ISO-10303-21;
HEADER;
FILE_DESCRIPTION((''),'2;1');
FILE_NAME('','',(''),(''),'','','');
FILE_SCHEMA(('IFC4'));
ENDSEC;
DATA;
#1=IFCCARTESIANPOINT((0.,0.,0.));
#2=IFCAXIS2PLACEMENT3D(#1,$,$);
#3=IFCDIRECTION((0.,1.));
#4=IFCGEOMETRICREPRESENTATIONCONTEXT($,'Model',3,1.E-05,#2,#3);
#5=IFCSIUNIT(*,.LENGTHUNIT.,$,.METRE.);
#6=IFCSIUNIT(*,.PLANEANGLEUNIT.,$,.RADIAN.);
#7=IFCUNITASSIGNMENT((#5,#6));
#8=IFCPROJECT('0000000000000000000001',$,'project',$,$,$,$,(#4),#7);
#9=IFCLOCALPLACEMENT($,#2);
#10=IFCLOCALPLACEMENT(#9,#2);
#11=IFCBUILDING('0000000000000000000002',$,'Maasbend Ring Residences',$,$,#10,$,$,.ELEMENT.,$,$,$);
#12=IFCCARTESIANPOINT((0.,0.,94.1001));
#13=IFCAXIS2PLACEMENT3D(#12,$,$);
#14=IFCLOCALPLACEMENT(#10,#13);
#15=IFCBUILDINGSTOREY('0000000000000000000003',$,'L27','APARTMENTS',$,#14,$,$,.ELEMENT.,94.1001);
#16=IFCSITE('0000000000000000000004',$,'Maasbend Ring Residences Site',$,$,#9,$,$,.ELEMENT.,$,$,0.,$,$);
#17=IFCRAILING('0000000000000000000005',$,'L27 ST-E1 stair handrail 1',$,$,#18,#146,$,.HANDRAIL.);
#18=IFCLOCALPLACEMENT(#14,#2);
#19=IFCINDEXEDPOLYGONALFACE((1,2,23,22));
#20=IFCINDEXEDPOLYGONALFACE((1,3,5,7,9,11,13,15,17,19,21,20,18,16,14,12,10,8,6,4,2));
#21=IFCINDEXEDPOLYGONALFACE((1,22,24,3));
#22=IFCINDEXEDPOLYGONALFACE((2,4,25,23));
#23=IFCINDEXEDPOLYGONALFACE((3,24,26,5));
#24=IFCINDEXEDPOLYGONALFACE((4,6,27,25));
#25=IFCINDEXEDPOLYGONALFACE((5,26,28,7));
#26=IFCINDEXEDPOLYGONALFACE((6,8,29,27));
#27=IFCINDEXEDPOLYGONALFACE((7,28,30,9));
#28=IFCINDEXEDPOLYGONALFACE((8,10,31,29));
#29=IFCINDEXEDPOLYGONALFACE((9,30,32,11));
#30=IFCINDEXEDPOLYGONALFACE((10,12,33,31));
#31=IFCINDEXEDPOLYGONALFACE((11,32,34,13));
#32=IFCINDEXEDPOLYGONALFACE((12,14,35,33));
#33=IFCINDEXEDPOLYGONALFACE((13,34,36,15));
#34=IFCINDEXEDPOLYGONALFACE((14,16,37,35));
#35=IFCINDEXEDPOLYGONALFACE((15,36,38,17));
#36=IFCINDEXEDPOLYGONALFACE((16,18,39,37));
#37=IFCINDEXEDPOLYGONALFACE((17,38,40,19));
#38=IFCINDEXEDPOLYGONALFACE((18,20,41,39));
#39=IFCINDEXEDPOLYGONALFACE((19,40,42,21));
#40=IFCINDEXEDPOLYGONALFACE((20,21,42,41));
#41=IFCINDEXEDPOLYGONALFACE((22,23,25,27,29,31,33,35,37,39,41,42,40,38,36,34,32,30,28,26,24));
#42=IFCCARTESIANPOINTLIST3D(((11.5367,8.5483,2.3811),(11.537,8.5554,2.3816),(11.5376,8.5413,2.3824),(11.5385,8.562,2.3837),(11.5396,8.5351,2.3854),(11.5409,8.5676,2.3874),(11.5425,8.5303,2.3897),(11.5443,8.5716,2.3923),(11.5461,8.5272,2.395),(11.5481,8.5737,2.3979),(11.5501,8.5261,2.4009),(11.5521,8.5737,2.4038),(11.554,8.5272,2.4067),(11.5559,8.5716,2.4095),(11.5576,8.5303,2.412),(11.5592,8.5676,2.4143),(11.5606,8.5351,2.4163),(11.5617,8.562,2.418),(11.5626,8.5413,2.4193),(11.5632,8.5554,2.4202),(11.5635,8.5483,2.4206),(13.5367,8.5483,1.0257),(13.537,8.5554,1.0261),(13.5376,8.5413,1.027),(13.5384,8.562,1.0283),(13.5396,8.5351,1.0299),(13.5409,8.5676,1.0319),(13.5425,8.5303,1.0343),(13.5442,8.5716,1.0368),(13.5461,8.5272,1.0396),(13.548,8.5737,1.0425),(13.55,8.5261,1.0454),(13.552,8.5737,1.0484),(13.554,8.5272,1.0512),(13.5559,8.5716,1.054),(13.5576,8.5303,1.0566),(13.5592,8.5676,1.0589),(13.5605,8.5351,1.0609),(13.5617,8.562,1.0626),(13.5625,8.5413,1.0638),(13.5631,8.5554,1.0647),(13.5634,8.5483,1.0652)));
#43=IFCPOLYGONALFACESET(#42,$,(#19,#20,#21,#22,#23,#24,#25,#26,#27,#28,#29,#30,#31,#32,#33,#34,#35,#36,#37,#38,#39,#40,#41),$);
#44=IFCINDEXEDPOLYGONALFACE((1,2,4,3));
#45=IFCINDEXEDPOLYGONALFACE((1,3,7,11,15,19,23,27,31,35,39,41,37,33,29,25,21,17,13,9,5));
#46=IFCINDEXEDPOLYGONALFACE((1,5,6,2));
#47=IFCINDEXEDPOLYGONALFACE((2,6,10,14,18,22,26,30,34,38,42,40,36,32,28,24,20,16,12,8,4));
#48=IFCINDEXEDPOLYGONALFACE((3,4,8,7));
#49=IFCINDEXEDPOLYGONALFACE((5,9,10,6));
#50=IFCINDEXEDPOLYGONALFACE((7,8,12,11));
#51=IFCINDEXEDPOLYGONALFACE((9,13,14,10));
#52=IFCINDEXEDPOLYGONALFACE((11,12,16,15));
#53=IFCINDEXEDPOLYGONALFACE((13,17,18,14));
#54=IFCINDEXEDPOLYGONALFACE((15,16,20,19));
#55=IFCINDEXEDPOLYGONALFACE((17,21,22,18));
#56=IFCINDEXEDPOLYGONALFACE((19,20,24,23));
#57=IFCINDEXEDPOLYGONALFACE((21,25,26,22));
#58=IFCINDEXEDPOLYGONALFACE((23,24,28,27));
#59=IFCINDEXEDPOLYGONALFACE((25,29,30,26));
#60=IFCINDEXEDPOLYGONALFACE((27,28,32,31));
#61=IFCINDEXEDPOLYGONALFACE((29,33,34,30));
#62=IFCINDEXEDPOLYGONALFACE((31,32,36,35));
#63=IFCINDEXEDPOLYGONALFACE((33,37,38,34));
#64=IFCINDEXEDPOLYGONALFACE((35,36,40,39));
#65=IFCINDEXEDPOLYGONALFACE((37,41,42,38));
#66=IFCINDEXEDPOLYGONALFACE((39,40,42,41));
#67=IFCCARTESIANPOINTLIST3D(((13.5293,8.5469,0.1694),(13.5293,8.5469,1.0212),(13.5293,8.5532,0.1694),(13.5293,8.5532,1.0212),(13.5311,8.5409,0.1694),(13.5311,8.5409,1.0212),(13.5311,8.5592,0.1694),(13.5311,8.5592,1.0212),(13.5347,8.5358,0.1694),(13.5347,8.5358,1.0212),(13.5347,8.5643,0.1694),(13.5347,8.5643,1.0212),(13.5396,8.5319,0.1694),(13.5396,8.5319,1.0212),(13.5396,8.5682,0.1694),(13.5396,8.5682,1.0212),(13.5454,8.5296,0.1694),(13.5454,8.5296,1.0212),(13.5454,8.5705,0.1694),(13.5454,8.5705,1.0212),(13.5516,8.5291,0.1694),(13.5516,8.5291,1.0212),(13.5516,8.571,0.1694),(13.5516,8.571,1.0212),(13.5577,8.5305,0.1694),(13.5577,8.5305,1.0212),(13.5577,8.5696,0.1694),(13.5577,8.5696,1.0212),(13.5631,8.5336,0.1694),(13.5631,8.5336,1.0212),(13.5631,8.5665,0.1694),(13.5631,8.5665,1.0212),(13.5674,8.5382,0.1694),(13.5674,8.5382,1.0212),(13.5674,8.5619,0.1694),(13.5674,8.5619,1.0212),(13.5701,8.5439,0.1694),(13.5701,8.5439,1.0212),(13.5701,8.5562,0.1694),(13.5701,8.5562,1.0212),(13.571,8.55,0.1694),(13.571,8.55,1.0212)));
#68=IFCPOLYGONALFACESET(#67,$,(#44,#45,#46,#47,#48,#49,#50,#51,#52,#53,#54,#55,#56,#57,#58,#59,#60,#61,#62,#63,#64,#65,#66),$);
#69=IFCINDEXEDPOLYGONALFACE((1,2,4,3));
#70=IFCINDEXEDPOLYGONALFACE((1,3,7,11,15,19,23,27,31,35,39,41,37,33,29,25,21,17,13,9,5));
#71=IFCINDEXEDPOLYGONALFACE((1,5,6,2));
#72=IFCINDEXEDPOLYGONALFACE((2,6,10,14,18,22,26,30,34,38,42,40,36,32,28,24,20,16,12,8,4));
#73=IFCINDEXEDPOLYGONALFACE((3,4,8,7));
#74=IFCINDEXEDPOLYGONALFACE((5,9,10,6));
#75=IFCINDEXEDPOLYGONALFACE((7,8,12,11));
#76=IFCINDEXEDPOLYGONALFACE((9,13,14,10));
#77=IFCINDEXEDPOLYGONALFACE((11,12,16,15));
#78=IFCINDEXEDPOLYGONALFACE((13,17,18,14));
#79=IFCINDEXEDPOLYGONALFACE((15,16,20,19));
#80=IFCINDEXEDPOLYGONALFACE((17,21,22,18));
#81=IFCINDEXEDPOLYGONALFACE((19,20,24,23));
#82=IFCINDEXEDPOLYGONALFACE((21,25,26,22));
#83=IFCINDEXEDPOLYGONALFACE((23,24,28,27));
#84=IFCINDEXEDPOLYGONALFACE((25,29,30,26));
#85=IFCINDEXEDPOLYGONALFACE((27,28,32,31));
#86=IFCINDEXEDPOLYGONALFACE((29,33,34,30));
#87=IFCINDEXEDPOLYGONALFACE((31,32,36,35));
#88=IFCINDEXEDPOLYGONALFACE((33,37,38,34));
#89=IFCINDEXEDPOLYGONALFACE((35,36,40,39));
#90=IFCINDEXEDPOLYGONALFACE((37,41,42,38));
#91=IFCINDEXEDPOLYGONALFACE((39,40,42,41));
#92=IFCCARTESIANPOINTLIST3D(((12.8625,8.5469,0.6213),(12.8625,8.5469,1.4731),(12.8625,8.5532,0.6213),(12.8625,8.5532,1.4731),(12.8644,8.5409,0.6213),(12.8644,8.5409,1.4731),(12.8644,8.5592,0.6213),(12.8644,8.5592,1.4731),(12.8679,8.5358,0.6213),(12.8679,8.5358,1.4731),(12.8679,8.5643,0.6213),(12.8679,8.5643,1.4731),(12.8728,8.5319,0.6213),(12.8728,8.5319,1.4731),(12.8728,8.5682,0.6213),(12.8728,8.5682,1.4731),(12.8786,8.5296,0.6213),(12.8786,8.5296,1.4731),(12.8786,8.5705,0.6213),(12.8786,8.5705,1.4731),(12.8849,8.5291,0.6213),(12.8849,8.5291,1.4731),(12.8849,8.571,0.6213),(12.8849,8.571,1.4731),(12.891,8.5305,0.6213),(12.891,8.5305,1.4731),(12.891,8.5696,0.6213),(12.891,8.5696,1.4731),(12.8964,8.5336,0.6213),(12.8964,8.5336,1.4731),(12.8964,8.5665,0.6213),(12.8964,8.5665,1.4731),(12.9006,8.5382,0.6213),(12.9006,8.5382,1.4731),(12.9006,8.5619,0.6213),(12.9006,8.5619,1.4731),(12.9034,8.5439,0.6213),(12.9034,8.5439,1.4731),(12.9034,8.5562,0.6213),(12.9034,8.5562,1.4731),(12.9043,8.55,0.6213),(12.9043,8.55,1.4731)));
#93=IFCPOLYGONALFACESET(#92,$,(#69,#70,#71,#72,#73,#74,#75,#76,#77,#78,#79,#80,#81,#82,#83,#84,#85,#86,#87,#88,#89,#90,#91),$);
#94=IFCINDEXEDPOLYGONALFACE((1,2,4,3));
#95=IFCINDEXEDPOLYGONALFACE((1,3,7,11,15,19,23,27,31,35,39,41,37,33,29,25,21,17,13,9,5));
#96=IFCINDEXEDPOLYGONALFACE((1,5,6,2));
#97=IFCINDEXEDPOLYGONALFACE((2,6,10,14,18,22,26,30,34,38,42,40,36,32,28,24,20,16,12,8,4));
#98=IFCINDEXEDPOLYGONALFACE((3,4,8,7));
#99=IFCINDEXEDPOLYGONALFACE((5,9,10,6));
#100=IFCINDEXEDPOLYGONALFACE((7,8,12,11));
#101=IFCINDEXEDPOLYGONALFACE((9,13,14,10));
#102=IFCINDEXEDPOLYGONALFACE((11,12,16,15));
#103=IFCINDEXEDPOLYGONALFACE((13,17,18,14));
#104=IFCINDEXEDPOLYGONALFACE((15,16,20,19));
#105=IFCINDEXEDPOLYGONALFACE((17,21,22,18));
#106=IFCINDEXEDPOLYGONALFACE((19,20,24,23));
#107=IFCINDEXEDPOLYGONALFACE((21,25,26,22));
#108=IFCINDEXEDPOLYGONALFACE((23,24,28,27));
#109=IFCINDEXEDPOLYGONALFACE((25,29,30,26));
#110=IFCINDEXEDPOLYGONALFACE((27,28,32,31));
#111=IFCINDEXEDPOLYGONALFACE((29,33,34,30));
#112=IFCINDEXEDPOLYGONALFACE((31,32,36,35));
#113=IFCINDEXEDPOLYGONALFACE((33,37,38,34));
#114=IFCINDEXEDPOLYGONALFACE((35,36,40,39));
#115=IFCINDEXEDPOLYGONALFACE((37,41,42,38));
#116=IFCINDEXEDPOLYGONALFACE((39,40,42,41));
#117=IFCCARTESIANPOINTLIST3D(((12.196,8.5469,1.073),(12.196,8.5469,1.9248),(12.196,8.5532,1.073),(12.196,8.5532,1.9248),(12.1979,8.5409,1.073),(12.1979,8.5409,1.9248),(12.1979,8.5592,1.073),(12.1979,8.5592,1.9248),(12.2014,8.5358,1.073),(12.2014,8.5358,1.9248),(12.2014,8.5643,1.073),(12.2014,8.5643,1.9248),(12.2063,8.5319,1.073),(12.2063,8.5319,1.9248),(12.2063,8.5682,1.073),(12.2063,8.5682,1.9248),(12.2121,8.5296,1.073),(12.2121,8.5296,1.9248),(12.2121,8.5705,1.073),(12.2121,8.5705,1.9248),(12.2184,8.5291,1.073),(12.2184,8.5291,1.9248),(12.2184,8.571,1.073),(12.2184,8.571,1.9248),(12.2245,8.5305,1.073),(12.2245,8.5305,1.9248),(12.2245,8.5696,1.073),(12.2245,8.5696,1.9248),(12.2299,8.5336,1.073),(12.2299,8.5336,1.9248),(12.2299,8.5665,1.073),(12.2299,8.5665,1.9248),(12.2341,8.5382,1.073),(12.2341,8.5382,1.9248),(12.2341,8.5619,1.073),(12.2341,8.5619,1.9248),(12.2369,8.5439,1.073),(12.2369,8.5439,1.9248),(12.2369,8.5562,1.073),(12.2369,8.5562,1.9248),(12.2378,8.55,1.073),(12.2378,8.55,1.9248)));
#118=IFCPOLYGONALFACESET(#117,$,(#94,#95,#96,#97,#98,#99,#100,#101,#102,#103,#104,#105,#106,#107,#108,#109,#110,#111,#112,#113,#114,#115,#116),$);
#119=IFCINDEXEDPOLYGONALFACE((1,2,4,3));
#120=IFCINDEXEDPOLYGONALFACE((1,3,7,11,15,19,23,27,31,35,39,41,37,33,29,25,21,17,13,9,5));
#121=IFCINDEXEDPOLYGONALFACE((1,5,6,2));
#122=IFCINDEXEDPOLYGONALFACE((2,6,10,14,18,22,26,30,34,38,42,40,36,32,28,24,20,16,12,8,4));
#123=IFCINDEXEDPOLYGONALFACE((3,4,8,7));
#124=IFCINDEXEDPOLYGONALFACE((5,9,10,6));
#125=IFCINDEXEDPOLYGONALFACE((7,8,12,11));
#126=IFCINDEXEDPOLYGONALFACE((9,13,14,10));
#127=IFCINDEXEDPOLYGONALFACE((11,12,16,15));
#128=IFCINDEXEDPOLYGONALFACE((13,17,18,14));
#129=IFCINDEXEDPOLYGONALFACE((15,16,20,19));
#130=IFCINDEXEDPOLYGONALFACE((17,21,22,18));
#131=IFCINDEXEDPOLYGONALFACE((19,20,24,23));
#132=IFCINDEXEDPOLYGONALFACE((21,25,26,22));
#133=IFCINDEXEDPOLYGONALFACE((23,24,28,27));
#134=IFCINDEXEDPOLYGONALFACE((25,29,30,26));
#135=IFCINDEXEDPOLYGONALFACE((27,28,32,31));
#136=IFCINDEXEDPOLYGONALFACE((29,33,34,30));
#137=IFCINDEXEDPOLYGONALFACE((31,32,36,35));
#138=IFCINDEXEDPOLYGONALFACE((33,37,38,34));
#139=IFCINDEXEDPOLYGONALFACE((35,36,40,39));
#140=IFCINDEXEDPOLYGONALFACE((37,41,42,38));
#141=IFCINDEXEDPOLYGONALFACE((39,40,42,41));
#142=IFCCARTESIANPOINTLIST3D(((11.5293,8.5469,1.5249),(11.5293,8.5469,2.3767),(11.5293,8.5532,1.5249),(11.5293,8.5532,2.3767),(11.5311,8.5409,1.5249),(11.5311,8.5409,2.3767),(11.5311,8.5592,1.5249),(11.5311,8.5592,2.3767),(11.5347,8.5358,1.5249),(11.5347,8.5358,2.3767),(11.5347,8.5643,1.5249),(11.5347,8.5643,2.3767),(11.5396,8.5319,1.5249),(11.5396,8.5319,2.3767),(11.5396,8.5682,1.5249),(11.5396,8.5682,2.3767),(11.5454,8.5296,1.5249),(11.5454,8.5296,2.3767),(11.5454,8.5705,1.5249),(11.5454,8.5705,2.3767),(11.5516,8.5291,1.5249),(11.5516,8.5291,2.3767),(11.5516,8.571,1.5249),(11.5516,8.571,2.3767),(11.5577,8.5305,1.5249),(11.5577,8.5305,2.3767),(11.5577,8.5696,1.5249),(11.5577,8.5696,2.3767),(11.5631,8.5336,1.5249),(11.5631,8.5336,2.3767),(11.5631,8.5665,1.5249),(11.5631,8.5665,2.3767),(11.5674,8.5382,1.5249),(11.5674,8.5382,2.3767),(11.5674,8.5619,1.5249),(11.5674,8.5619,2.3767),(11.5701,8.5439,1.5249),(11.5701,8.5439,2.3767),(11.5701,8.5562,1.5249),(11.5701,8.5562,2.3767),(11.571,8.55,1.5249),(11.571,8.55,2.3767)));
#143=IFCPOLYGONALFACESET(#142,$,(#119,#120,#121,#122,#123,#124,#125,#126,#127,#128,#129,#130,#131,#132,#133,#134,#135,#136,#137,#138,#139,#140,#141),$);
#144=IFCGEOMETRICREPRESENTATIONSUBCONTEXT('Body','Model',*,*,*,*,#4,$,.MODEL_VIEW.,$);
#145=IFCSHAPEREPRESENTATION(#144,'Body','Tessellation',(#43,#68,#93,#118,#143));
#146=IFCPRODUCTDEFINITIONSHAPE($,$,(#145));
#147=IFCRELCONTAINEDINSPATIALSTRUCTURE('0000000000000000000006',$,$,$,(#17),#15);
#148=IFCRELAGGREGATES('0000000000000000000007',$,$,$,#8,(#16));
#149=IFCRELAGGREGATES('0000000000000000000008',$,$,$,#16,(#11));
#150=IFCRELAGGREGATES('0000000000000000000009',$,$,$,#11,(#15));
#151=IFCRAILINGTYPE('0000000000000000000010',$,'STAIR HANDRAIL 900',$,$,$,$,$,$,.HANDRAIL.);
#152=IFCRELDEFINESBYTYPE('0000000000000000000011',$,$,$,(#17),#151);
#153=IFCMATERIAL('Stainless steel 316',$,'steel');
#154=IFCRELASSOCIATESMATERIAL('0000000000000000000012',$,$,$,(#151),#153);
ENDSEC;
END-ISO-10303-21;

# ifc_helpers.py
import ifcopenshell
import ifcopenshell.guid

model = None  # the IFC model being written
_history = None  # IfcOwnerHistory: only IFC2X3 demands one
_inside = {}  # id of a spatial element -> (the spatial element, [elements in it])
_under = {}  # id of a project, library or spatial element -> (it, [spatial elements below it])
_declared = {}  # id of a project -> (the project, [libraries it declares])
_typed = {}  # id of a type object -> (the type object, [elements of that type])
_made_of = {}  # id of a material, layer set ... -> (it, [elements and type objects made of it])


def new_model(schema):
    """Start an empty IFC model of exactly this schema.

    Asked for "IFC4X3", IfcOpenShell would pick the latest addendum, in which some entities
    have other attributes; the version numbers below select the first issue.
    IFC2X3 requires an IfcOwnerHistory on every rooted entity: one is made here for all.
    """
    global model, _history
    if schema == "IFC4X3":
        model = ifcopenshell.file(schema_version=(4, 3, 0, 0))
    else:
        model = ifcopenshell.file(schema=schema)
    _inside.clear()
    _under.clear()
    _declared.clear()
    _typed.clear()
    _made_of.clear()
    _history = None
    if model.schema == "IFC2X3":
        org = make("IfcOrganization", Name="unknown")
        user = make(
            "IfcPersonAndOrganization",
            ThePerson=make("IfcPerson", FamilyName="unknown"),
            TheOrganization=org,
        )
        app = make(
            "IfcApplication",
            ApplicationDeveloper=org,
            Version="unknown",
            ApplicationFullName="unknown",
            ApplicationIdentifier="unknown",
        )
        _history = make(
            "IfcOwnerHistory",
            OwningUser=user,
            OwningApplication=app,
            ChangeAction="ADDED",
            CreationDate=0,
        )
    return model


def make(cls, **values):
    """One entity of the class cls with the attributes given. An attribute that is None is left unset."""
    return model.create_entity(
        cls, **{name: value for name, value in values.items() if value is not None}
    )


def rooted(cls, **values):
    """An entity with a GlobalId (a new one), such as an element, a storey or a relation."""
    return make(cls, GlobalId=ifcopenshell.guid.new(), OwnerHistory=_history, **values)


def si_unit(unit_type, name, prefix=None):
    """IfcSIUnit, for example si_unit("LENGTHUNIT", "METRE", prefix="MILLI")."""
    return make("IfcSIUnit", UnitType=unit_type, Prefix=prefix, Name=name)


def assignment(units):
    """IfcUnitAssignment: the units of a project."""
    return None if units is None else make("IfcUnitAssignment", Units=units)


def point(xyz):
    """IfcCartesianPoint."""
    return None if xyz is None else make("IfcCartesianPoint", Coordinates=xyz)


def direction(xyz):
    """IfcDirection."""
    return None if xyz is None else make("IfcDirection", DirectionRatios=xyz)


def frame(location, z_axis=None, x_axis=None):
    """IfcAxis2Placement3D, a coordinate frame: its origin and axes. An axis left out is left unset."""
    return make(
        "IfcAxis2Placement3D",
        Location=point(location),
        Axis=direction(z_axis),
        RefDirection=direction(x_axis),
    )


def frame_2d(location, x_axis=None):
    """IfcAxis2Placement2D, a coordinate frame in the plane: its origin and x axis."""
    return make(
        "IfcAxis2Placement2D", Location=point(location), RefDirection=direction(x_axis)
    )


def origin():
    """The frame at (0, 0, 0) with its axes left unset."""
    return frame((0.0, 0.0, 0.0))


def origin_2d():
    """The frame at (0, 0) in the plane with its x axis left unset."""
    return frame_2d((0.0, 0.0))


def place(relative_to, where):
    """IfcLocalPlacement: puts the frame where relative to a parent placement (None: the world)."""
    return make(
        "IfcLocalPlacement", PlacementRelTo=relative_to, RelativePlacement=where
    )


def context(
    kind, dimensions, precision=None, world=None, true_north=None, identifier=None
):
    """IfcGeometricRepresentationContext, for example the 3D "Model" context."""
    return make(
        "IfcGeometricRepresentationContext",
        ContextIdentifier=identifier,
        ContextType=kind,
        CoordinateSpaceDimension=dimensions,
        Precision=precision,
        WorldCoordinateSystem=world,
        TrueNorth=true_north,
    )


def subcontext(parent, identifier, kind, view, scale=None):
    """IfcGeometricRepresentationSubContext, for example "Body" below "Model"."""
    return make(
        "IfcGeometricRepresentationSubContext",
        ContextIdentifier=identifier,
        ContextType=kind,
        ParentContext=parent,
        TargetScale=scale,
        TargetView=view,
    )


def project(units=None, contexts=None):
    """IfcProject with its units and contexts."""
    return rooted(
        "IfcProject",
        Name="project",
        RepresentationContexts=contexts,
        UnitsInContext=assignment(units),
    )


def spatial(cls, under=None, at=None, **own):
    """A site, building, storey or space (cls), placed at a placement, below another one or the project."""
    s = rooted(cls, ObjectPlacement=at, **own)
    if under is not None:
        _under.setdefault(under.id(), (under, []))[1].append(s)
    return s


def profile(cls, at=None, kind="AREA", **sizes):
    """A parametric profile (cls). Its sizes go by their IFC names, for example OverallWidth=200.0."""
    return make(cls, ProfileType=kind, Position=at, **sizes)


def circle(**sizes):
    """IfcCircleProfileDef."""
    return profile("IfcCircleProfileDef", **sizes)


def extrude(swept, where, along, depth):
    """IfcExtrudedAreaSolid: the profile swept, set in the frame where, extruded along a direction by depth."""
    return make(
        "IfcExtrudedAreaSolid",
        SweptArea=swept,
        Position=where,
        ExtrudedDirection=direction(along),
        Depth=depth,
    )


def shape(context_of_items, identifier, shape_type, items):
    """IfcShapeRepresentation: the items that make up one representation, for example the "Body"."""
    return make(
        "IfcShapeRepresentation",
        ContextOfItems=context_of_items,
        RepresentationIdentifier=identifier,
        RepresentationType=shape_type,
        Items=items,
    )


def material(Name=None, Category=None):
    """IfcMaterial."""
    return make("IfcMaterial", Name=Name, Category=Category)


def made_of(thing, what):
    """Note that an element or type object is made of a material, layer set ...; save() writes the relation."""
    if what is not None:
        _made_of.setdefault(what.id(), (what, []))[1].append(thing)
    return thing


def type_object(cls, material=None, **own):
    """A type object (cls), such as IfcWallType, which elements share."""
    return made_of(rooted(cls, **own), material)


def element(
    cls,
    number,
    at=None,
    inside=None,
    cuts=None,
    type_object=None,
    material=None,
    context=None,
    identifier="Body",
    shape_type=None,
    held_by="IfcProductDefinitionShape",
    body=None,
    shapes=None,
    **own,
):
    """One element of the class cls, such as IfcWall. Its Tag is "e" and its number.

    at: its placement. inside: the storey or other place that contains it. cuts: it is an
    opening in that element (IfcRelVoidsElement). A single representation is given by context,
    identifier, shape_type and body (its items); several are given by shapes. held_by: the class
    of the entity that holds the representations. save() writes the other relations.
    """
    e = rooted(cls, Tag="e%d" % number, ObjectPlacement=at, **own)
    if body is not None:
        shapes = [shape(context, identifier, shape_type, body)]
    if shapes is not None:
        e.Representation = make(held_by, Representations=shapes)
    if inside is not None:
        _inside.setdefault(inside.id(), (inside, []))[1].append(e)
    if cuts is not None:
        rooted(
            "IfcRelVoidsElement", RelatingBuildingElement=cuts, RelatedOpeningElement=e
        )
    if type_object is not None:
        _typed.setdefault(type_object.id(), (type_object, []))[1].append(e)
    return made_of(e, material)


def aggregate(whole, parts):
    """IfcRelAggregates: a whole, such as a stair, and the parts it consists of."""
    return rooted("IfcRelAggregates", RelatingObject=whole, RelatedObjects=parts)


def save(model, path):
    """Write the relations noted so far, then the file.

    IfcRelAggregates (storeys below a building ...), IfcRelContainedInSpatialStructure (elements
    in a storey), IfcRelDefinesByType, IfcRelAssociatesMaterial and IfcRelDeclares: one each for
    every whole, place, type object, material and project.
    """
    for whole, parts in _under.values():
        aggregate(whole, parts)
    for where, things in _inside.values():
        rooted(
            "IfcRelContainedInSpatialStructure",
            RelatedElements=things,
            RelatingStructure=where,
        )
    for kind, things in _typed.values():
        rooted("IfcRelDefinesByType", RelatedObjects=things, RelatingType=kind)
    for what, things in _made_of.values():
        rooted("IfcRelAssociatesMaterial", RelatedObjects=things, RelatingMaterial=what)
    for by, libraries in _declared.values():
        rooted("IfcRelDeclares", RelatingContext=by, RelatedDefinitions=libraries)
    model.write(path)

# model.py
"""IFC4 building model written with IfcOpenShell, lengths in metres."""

from ifc_helpers import new_model, si_unit, direction, frame, origin, origin_2d, place, context, subcontext, project, spatial, circle, extrude, material, type_object, element, save


model = new_model("IFC4")

# Units and contexts
model_context = context("Model", 3, precision=1e-05, world=origin(), true_north=direction((0.0, 1.0)))
body_context = subcontext(model_context, "Body", "Model", "MODEL_VIEW")
ifc_project = project(units=[si_unit("LENGTHUNIT", "METRE"), si_unit("PLANEANGLEUNIT", "RADIAN")], contexts=[model_context])

# Site, building, storey
site_placement = place(None, origin())
site = spatial("IfcSite", under=ifc_project, at=site_placement, Name="Maasbend Ring Residences Site", CompositionType="ELEMENT", RefElevation=0.0)
building_placement = place(site_placement, origin())
building = spatial("IfcBuilding", under=site, at=building_placement, Name="Maasbend Ring Residences", CompositionType="ELEMENT")
storey_placement = place(building_placement, frame((0.0, 0.0, 94.1001)))
storey = spatial("IfcBuildingStorey", under=building, at=storey_placement, Name="L27", Description="APARTMENTS", CompositionType="ELEMENT", Elevation=94.1001)

# Railing
ifc_material_1 = material(Name="Stainless steel 316", Category="steel")
railing_type_1 = type_object("IfcRailingType", Name="STAIR HANDRAIL 900", PredefinedType="HANDRAIL", material=ifc_material_1)
railing_1_placement = place(storey_placement, frame((13.55, 8.55, 0.1694)))
element("IfcRailing", 1, at=railing_1_placement, inside=storey, type_object=railing_type_1, Name="L27 ST-E1 stair handrail 1", PredefinedType="HANDRAIL", context=body_context, shape_type="SweptSolid", body=[
    extrude(circle(Radius=0.0239, at=origin_2d()), frame((0.0, 0.0, 0.876), z_axis=(-0.827798, 0.0, 0.561027), x_axis=(0.0, -1.0, 0.0)), (0.0, 0.0, 1.0), 2.416),
    extrude(circle(Radius=0.021, at=origin_2d()), origin(), (0.0, 0.0, 1.0), 0.8518),
    extrude(circle(Radius=0.021, at=origin_2d()), frame((-0.6667, 0.0, 0.4519)), (0.0, 0.0, 1.0), 0.8518),
    extrude(circle(Radius=0.021, at=origin_2d()), frame((-1.3333, 0.0, 0.9036)), (0.0, 0.0, 1.0), 0.8518),
    extrude(circle(Radius=0.021, at=origin_2d()), frame((-2.0, 0.0, 1.3555)), (0.0, 0.0, 1.0), 0.8518),
])

save(model, "model.ifc")
